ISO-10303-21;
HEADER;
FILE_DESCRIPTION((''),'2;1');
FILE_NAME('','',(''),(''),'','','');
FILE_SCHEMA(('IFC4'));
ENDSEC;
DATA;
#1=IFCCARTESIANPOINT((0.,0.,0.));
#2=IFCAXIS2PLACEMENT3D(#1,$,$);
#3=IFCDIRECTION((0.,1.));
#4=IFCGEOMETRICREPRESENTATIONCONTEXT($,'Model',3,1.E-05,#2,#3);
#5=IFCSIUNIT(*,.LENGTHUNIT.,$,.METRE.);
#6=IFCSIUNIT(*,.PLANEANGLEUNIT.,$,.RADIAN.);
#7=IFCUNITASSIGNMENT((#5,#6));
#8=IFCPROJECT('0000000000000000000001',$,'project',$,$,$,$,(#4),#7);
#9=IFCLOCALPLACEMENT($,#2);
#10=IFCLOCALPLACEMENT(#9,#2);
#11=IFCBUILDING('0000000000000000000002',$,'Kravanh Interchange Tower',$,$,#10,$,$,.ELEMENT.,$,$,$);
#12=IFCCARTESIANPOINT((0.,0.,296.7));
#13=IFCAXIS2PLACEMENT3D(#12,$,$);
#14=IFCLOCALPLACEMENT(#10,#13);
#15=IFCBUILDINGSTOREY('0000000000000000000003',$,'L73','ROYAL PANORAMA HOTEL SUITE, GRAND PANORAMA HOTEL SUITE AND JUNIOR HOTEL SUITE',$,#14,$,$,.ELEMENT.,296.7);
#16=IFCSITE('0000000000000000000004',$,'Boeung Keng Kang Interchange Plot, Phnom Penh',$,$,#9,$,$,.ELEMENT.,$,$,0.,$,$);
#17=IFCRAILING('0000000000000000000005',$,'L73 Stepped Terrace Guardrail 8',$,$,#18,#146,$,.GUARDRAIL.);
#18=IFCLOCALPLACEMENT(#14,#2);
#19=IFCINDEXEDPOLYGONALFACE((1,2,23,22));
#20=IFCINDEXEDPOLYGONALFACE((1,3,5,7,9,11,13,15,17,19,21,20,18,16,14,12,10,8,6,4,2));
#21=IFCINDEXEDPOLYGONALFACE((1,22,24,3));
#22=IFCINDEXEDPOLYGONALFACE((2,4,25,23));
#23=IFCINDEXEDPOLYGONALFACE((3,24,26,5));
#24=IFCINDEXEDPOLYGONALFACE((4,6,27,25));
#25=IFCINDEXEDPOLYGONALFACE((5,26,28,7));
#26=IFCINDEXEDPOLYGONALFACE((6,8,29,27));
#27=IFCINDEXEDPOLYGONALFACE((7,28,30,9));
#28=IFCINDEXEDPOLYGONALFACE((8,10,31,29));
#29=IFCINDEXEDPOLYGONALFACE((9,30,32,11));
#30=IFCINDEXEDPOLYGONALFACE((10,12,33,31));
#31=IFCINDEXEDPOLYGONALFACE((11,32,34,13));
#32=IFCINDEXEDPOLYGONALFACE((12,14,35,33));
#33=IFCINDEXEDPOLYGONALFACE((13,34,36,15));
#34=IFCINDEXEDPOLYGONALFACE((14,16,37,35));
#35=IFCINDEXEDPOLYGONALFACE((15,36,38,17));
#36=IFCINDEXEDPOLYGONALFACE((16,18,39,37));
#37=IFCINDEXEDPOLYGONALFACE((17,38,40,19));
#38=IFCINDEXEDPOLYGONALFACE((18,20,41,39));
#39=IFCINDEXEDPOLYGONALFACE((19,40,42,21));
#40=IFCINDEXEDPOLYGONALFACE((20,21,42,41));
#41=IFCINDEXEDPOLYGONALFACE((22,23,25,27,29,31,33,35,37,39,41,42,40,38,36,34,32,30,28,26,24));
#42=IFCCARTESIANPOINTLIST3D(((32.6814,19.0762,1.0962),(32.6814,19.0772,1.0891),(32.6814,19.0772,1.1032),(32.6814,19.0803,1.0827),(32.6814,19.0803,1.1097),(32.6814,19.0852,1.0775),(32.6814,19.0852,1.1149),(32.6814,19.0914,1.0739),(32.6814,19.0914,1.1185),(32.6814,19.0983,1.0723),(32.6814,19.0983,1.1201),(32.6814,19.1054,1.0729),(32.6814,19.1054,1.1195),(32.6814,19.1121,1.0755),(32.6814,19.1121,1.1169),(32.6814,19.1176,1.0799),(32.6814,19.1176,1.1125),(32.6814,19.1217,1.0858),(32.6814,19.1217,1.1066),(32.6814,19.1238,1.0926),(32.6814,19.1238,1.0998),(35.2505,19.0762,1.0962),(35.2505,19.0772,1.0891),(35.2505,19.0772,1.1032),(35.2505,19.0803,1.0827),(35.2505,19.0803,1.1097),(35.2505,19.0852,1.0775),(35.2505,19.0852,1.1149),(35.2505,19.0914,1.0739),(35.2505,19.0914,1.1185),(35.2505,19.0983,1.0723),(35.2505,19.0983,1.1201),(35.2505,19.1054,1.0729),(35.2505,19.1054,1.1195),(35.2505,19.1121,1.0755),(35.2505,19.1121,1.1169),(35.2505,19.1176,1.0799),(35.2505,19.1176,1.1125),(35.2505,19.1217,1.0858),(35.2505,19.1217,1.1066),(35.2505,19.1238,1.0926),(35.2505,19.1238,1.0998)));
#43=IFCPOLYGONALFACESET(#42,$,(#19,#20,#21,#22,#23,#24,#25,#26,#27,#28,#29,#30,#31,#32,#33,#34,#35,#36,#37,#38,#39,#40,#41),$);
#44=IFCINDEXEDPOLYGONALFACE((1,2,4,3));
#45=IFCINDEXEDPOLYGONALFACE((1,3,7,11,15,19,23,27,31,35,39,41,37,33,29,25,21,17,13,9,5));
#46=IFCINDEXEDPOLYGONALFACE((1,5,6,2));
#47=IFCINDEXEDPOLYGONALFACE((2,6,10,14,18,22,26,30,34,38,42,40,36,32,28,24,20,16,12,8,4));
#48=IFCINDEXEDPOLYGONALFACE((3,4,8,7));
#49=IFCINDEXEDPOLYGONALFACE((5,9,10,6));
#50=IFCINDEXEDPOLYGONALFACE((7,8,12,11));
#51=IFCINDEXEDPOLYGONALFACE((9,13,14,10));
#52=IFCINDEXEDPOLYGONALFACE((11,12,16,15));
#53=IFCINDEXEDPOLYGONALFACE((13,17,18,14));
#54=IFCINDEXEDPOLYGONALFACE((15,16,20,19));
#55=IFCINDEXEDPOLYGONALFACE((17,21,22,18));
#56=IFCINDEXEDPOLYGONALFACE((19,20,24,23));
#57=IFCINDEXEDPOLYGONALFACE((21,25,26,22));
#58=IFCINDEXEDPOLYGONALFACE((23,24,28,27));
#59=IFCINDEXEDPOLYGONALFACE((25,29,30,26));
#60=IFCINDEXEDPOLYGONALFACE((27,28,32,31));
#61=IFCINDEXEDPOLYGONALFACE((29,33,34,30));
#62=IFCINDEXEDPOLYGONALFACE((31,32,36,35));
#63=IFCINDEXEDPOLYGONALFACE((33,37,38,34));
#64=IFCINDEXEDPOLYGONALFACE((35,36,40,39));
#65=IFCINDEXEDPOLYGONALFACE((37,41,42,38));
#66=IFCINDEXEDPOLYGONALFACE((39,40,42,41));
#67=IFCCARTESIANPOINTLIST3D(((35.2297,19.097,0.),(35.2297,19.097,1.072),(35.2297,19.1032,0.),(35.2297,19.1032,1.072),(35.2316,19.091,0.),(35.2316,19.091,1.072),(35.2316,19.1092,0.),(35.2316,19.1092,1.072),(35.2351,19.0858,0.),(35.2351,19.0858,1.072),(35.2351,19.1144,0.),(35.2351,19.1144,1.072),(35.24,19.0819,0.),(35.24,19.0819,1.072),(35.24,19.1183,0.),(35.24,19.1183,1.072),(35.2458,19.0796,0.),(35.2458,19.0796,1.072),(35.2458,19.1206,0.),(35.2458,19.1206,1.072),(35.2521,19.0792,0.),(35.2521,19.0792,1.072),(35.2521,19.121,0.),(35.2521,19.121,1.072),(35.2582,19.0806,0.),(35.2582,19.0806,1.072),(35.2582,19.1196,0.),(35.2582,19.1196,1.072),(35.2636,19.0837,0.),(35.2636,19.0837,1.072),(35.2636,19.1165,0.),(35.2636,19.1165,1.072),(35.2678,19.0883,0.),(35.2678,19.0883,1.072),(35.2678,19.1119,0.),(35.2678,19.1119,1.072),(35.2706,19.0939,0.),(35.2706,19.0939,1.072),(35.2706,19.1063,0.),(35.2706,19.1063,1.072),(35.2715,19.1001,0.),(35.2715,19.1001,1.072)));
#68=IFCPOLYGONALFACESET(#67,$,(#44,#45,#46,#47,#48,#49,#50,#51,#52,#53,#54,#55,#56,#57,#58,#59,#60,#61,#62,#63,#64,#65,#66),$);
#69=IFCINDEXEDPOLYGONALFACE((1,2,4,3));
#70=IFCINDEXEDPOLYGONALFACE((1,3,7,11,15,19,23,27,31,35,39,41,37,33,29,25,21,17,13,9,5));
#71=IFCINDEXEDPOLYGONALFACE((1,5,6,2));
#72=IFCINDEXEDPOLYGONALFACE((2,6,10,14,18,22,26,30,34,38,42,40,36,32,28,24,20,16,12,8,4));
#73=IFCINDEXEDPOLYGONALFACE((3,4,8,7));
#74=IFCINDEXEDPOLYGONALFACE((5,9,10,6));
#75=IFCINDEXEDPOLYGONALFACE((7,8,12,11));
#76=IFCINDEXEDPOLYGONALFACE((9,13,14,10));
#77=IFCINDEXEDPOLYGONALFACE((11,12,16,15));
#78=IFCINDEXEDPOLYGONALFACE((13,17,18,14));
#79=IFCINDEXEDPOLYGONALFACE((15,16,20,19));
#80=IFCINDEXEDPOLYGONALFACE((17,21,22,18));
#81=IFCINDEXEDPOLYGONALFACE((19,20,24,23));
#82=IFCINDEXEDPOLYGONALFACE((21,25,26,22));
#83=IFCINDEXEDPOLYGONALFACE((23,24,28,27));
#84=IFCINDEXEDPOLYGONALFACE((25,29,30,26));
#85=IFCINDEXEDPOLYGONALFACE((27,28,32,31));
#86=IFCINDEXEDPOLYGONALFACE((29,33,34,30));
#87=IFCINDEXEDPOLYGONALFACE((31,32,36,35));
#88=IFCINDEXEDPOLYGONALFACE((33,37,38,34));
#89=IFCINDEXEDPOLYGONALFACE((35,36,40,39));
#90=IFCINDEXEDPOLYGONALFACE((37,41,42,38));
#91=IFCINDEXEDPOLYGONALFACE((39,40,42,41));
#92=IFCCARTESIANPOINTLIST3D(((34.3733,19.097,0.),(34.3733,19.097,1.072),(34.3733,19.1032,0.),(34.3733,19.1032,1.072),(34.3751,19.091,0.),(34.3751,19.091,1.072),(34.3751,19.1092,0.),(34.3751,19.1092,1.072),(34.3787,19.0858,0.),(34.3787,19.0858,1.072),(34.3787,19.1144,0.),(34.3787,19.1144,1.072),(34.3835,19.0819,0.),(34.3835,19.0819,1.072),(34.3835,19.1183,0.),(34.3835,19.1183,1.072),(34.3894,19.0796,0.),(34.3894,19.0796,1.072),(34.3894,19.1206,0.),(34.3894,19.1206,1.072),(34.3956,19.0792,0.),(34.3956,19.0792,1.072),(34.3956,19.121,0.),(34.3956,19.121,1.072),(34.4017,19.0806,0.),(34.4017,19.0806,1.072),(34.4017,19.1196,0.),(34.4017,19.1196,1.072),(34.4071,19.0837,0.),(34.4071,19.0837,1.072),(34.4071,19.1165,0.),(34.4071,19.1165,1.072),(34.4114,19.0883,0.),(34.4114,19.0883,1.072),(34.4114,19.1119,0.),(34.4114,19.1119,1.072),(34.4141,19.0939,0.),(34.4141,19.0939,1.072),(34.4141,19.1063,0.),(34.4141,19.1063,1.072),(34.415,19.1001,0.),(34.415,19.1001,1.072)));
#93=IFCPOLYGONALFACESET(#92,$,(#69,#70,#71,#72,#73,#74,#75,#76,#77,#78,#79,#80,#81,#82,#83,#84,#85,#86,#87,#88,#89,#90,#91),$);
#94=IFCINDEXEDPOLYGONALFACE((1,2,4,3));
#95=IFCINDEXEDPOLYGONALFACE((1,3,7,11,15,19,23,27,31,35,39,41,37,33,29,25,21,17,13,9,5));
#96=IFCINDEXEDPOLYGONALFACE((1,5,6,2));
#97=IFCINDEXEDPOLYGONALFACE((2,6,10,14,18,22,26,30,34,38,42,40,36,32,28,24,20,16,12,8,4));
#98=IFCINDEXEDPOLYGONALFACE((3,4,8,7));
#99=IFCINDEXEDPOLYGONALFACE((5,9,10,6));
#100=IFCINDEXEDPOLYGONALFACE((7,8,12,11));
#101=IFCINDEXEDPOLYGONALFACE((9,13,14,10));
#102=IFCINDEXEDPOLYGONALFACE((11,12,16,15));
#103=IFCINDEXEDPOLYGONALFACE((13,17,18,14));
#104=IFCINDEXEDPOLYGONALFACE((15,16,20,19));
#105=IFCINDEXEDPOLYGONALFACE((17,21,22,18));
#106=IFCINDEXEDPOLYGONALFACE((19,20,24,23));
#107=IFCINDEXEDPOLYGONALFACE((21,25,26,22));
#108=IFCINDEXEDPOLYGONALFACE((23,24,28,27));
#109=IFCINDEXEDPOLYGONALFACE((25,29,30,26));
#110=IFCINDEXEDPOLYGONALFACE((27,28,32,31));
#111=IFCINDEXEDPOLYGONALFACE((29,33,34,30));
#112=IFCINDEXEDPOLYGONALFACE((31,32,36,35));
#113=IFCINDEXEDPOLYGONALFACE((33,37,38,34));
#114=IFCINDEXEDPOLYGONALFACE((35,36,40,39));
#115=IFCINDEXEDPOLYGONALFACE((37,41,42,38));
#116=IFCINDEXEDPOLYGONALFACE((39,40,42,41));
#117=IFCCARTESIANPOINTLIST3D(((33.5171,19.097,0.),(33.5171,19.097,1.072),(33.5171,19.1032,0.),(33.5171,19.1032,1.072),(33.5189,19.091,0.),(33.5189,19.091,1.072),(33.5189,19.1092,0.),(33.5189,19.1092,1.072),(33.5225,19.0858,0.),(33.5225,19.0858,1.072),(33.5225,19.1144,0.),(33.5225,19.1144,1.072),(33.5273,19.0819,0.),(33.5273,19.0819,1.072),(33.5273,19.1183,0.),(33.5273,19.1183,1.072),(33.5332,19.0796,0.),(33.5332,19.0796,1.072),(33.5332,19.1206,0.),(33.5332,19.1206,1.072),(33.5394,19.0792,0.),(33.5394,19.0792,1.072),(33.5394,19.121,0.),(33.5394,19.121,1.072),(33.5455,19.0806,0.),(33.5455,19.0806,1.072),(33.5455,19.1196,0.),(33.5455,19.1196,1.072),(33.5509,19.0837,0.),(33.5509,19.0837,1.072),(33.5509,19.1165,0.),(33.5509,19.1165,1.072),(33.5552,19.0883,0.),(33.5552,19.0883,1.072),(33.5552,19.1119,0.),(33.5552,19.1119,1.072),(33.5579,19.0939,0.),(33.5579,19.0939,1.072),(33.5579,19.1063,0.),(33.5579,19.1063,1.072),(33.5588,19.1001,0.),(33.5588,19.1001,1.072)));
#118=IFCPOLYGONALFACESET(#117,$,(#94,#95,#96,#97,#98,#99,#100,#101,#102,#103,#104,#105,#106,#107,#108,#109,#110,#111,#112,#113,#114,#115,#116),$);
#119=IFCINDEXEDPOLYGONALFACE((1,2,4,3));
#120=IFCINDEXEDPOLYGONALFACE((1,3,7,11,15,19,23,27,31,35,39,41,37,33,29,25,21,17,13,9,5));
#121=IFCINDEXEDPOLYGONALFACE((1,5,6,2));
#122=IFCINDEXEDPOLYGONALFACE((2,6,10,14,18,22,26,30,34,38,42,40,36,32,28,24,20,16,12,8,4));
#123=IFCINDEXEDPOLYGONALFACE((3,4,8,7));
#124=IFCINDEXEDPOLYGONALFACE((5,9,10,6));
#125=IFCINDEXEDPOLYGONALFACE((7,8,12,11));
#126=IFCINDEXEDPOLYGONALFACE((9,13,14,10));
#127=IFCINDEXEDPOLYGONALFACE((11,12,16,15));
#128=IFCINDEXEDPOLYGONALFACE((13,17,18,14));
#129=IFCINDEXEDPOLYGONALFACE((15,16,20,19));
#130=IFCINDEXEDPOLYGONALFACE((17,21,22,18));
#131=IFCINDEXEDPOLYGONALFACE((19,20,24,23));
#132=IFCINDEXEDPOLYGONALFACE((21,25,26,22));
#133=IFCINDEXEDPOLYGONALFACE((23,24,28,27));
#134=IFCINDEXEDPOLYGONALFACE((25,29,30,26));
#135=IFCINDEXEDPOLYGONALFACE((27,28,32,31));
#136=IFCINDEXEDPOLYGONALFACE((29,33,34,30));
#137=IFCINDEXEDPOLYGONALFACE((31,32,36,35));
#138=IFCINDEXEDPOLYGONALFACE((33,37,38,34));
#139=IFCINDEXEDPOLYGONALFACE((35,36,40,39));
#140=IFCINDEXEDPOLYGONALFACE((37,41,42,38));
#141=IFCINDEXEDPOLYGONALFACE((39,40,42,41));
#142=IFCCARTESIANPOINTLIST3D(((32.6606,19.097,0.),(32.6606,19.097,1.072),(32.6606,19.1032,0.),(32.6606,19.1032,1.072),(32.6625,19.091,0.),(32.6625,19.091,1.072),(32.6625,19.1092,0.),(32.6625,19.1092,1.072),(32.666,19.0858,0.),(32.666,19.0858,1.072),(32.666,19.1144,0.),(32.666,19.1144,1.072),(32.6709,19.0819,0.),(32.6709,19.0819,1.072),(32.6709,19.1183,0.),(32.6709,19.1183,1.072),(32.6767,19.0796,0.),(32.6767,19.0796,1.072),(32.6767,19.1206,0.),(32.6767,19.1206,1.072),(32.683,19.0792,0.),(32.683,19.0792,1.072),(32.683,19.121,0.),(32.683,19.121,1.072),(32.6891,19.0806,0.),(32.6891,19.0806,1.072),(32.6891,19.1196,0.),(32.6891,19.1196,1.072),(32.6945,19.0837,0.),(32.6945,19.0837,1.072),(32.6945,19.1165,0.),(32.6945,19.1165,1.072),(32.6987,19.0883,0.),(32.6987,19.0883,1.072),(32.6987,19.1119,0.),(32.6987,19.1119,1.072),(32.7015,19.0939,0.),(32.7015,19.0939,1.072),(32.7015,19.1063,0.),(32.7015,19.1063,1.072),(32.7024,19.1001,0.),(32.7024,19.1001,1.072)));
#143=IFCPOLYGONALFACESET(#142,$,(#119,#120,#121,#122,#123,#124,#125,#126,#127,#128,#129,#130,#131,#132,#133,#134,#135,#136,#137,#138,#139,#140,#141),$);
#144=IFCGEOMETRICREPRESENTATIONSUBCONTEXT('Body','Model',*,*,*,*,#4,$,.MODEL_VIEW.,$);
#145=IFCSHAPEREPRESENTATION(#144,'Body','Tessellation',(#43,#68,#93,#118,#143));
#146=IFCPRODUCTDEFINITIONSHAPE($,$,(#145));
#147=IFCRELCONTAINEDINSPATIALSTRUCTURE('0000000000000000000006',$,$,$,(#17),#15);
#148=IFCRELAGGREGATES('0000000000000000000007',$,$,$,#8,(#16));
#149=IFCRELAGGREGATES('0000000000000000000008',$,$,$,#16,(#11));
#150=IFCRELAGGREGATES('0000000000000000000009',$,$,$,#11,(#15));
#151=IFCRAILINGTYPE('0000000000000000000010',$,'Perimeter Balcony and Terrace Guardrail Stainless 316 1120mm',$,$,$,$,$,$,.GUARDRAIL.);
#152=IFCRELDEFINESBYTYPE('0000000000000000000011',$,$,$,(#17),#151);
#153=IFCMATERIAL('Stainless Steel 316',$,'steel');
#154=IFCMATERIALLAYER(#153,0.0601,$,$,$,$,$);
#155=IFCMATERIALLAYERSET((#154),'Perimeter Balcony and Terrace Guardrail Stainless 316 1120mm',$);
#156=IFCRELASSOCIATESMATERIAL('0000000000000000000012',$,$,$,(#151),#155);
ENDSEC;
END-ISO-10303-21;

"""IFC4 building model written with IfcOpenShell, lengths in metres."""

from ifc_helpers import new_model, si_unit, direction, frame, origin, origin_2d, place, context, subcontext, project, spatial, circle, extrude, material, layer, layer_set, type_object, element, save


model = new_model("IFC4")

# Units and contexts
model_context = context("Model", 3, precision=1e-05, world=origin(), true_north=direction((0.0, 1.0)))
body_context = subcontext(model_context, "Body", "Model", "MODEL_VIEW")
ifc_project = project(units=[si_unit("LENGTHUNIT", "METRE"), si_unit("PLANEANGLEUNIT", "RADIAN")], contexts=[model_context])

# Site, building, storey
site_placement = place(None, origin())
site = spatial("IfcSite", under=ifc_project, at=site_placement, Name="Boeung Keng Kang Interchange Plot, Phnom Penh", CompositionType="ELEMENT", RefElevation=0.0)
building_placement = place(site_placement, origin())
building = spatial("IfcBuilding", under=site, at=building_placement, Name="Kravanh Interchange Tower", CompositionType="ELEMENT")
storey_placement = place(building_placement, frame((0.0, 0.0, 296.7)))
storey = spatial("IfcBuildingStorey", under=building, at=storey_placement, Name="L73", Description="ROYAL PANORAMA HOTEL SUITE, GRAND PANORAMA HOTEL SUITE AND JUNIOR HOTEL SUITE", CompositionType="ELEMENT", Elevation=296.7)

# Railing
ifc_material_1 = material(Name="Stainless Steel 316", Category="steel")
ifc_layer_1 = layer(ifc_material_1, 0.0601)
ifc_layer_set_1 = layer_set([ifc_layer_1], Name="Perimeter Balcony and Terrace Guardrail Stainless 316 1120mm")
railing_type = type_object("IfcRailingType", Name="Perimeter Balcony and Terrace Guardrail Stainless 316 1120mm", PredefinedType="GUARDRAIL", material=ifc_layer_set_1)
railing_1_placement = place(storey_placement, frame((35.2505, 19.1001, 0.0)))
element("IfcRailing", 1, at=railing_1_placement, inside=storey, type_object=railing_type, Name="L73 Stepped Terrace Guardrail 8", PredefinedType="GUARDRAIL", context=body_context, shape_type="SweptSolid", body=[
    extrude(circle(Radius=0.0239, at=origin_2d()), frame((0.0, 0.0, 1.0962), z_axis=(-1.0, 0.0, 0.0), x_axis=(0.0, -1.0, 0.0)), (0.0, 0.0, 1.0), 2.5691),
    extrude(circle(Radius=0.021, at=origin_2d()), origin(), (0.0, 0.0, 1.0), 1.072),
    extrude(circle(Radius=0.021, at=origin_2d()), frame((-0.8564, 0.0, 0.0)), (0.0, 0.0, 1.0), 1.072),
    extrude(circle(Radius=0.021, at=origin_2d()), frame((-1.7126, 0.0, 0.0)), (0.0, 0.0, 1.0), 1.072),
    extrude(circle(Radius=0.021, at=origin_2d()), frame((-2.5691, 0.0, 0.0)), (0.0, 0.0, 1.0), 1.072),
])

save(model, "model.ifc")
